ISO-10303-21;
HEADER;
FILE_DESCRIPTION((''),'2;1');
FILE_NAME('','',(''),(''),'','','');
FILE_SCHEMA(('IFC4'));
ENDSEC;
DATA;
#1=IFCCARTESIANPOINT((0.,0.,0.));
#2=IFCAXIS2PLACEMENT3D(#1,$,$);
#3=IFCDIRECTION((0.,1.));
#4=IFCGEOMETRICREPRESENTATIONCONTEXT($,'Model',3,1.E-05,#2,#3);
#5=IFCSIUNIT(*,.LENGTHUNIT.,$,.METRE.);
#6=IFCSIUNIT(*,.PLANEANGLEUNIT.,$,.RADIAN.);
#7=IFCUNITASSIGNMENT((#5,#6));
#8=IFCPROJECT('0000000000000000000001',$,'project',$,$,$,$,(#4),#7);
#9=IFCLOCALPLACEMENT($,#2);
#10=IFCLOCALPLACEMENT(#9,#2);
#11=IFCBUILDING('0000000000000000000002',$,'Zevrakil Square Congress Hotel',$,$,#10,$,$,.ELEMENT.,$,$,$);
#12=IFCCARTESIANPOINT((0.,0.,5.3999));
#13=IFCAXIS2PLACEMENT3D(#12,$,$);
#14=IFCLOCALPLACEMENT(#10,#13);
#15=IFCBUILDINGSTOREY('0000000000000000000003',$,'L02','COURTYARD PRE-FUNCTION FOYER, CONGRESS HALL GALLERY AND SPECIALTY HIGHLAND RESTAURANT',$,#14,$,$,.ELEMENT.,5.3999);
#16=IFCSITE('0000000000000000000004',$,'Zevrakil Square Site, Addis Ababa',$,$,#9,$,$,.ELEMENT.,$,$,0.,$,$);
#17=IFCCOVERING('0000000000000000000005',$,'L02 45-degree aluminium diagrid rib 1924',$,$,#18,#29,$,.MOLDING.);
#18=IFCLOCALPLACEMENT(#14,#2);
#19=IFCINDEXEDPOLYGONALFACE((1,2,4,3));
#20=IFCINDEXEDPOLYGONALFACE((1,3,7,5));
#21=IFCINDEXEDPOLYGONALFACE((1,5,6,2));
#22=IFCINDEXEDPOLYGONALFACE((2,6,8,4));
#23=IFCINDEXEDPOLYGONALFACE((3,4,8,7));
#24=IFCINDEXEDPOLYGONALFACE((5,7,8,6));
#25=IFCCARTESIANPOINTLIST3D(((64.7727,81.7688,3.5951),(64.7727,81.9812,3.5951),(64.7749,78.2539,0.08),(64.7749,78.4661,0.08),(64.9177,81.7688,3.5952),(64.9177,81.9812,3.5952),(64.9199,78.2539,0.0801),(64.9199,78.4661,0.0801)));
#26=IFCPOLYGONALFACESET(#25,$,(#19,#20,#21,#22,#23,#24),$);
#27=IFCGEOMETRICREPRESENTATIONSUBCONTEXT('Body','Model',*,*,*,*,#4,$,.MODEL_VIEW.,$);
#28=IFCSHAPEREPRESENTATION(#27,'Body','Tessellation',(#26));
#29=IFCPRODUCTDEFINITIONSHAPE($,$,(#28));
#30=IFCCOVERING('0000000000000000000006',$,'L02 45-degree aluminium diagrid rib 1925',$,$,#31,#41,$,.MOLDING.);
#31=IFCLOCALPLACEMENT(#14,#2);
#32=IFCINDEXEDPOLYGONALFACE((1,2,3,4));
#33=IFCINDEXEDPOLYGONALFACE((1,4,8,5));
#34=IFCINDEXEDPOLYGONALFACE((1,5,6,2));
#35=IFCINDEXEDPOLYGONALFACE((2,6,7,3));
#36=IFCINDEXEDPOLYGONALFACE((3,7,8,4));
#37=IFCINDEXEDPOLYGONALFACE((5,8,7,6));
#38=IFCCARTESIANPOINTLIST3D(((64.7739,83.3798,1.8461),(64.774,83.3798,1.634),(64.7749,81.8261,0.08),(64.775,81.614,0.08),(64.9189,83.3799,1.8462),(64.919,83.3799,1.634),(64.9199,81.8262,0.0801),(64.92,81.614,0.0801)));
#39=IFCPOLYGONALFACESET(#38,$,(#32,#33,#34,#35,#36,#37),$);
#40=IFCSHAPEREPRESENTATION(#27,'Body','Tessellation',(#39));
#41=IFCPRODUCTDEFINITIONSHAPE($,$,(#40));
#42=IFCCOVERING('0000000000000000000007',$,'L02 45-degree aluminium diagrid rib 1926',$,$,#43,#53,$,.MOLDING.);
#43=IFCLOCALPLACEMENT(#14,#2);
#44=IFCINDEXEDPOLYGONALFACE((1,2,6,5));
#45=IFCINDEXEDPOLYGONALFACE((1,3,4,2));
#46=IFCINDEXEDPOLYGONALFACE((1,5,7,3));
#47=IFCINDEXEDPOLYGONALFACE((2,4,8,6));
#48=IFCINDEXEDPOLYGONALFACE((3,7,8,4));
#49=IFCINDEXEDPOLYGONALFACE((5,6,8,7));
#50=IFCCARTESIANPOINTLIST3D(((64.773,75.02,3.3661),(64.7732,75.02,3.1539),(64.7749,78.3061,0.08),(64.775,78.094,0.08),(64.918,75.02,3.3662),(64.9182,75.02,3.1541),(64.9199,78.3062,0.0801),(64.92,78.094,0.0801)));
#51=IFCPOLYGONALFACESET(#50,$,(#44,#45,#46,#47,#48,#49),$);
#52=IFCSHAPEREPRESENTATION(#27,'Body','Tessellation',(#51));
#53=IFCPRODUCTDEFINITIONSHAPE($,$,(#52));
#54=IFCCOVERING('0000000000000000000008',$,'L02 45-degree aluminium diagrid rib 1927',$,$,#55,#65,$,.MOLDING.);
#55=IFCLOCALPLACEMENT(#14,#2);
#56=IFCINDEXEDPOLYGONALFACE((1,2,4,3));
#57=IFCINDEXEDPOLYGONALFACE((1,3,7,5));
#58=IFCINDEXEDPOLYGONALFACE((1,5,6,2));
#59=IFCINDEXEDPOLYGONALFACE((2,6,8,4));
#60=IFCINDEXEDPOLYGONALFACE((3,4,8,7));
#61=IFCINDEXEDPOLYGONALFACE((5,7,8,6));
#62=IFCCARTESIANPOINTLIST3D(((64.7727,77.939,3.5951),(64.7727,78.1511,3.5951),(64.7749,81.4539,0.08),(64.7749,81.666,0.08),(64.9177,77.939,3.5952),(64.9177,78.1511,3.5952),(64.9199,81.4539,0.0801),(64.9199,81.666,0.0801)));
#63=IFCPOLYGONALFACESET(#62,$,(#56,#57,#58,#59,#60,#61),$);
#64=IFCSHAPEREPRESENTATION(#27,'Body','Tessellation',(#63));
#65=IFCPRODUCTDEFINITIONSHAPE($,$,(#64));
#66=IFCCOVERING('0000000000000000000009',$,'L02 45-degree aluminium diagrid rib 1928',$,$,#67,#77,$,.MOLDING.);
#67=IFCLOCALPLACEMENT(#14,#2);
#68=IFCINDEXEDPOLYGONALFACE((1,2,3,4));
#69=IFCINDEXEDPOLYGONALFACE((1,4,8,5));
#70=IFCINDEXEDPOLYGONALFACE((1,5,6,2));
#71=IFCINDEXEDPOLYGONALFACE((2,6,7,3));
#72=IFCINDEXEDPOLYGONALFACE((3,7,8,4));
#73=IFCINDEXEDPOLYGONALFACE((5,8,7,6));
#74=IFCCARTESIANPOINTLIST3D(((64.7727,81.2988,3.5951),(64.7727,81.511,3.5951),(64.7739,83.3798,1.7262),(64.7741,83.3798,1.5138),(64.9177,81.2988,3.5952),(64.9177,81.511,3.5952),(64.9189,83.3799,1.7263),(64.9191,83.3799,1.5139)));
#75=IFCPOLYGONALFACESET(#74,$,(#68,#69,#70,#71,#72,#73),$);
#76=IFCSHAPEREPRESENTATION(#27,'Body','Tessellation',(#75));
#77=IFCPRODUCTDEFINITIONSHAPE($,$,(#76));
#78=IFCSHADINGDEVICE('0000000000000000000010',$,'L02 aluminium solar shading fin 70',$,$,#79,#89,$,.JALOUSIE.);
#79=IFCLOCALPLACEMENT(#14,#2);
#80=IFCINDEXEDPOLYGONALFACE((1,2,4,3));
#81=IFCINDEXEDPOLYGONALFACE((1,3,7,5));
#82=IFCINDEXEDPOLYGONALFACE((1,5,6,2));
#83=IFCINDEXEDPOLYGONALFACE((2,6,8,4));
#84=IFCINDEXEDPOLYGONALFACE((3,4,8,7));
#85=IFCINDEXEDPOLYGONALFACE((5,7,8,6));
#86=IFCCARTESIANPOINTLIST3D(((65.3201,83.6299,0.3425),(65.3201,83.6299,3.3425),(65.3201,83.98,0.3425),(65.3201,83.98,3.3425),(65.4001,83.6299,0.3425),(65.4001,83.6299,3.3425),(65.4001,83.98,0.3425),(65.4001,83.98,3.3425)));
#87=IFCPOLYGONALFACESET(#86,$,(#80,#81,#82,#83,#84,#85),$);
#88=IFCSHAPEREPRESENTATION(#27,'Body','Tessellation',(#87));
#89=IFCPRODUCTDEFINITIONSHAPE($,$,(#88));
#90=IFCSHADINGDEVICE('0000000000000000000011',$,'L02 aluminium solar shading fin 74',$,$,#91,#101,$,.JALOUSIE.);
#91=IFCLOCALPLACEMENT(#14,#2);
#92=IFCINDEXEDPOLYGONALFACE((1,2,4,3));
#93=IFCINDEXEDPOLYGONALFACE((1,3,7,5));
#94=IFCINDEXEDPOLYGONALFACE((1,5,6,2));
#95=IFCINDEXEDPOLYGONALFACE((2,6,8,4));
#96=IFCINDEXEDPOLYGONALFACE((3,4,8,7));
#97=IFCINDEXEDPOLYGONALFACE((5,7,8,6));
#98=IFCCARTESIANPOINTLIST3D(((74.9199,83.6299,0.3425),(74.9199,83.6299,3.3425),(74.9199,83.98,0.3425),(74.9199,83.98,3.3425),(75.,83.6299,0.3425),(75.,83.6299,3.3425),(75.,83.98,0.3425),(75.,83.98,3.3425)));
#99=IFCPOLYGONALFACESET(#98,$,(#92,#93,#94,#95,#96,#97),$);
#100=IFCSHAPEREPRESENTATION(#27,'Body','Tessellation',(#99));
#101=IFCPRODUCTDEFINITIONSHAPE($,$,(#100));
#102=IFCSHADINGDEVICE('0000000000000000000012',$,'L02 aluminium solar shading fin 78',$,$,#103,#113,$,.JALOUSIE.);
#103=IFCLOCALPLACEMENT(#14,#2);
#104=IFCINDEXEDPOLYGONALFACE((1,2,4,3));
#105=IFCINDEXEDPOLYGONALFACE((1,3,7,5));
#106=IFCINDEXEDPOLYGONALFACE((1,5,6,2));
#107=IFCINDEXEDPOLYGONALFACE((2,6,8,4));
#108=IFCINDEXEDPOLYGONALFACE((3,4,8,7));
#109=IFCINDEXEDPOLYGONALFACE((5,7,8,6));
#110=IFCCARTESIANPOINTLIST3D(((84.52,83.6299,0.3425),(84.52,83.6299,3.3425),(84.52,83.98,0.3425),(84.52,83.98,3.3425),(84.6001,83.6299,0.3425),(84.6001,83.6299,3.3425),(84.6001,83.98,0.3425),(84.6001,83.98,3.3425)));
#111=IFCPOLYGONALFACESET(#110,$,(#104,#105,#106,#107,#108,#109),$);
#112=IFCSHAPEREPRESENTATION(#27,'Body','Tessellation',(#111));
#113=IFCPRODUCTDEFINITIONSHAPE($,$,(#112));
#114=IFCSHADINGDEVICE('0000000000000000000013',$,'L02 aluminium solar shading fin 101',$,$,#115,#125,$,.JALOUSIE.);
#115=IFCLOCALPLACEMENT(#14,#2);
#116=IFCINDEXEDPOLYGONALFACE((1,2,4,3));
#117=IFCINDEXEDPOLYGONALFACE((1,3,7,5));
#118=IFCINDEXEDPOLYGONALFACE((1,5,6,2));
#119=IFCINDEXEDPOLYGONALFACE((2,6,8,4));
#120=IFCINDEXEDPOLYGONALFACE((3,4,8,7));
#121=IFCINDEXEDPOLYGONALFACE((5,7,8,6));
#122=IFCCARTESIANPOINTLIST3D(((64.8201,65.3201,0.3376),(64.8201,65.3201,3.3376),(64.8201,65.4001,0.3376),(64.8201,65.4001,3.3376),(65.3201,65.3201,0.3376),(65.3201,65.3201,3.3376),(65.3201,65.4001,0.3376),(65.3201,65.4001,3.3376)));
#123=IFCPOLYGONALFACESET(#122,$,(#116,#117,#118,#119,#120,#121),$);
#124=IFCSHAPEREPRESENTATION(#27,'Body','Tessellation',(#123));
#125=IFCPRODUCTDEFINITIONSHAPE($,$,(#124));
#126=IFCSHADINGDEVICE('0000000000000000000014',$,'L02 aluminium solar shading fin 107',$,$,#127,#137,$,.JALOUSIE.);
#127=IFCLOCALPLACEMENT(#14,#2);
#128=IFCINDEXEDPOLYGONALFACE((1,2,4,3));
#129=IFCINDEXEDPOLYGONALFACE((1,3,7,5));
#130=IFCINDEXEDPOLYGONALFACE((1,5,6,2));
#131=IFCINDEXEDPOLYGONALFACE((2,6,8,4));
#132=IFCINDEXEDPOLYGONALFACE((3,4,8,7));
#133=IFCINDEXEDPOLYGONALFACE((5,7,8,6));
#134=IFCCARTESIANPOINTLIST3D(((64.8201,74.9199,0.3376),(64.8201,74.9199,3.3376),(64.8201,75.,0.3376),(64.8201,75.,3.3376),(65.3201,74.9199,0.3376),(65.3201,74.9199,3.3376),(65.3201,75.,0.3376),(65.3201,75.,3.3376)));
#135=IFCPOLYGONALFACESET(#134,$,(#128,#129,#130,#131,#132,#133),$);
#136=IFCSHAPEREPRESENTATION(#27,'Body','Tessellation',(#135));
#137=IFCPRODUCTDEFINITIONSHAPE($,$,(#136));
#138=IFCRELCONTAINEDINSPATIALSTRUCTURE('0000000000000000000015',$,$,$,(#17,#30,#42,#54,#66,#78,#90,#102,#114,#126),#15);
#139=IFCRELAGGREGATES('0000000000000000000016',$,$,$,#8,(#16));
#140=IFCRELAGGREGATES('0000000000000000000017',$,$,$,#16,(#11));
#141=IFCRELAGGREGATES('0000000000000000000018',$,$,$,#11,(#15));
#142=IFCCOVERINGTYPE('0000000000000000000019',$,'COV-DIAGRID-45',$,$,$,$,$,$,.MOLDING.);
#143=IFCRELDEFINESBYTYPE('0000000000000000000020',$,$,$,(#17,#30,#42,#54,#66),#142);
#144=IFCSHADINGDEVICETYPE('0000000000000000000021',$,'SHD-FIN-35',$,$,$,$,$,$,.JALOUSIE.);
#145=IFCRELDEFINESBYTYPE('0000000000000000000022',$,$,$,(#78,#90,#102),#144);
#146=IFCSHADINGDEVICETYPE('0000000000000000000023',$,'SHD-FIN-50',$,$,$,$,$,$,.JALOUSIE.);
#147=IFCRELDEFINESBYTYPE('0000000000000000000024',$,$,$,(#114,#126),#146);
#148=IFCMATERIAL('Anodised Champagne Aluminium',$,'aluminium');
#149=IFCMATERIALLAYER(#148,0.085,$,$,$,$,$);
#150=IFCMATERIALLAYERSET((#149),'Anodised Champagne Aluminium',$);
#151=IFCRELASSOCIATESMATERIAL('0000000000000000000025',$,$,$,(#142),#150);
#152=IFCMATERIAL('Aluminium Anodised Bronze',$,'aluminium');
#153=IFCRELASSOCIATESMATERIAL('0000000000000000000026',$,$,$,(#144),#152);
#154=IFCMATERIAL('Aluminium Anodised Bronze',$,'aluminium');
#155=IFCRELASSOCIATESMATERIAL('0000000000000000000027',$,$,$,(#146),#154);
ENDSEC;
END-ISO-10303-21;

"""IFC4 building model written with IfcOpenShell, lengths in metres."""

from ifc_helpers import new_model, si_unit, direction, frame, origin, origin_2d, place, context, subcontext, project, spatial, polyline, rectangle, outline, extrude, material, layer, layer_set, type_object, element, save


model = new_model("IFC4")

# Units and contexts
model_context = context("Model", 3, precision=1e-05, world=origin(), true_north=direction((0.0, 1.0)))
body_context = subcontext(model_context, "Body", "Model", "MODEL_VIEW")
ifc_project = project(units=[si_unit("LENGTHUNIT", "METRE"), si_unit("PLANEANGLEUNIT", "RADIAN")], contexts=[model_context])

# Site, building, storey
site_placement = place(None, origin())
site = spatial("IfcSite", under=ifc_project, at=site_placement, Name="Zevrakil Square Site, Addis Ababa", CompositionType="ELEMENT", RefElevation=0.0)
building_placement = place(site_placement, origin())
building = spatial("IfcBuilding", under=site, at=building_placement, Name="Zevrakil Square Congress Hotel", CompositionType="ELEMENT")
storey_placement = place(building_placement, frame((0.0, 0.0, 5.3999)))
storey = spatial("IfcBuildingStorey", under=building, at=storey_placement, Name="L02", Description="COURTYARD PRE-FUNCTION FOYER, CONGRESS HALL GALLERY AND SPECIALTY HIGHLAND RESTAURANT", CompositionType="ELEMENT", Elevation=5.3999)

# Coverings
ifc_material_1 = material(Name="Anodised Champagne Aluminium", Category="aluminium")
ifc_layer_1 = layer(ifc_material_1, 0.085)
ifc_layer_set_1 = layer_set([ifc_layer_1], Name="Anodised Champagne Aluminium")
covering_type_1 = type_object("IfcCoveringType", Name="COV-DIAGRID-45", PredefinedType="MOLDING", material=ifc_layer_set_1)
covering_1_placement = place(storey_placement, frame((64.9199, 78.4661, 0.0801), z_axis=(1.0, 0.0, 0.000625), x_axis=(0.0, -1.0, 0.0)))
element("IfcCovering", 1, at=covering_1_placement, inside=storey, type_object=covering_type_1, Name="L02 45-degree aluminium diagrid rib 1924", PredefinedType="MOLDING", context=body_context, shape_type="SweptSolid", body=[
    extrude(outline(polyline([(0.0, 0.0), (0.2122, 0.0), (-3.3027, -3.5151), (-3.5151, -3.5151), (0.0, 0.0)])), origin(), (0.0, 0.0, -1.0), 0.145),
])
covering_2_placement = place(storey_placement, frame((64.9199, 81.8262, 0.0801), z_axis=(1.0, 0.000294, 0.000294), x_axis=(0.000294, -1.0, 0.0)))
element("IfcCovering", 2, at=covering_2_placement, inside=storey, type_object=covering_type_1, Name="L02 45-degree aluminium diagrid rib 1925", PredefinedType="MOLDING", context=body_context, shape_type="SweptSolid", body=[
    extrude(outline(polyline([(0.0, 0.0), (0.2122, 0.0), (-1.5537, -1.7661), (-1.5537, -1.554), (0.0, 0.0)])), origin(), (0.0, 0.0, -1.0), 0.145),
])
covering_3_placement = place(storey_placement, frame((64.9182, 75.02, 3.1541), z_axis=(1.0, 0.000287, 0.000863), x_axis=(-0.000863, 0.0, 1.0)))
element("IfcCovering", 3, at=covering_3_placement, inside=storey, type_object=covering_type_1, Name="L02 45-degree aluminium diagrid rib 1926", PredefinedType="MOLDING", context=body_context, shape_type="SweptSolid", body=[
    extrude(outline(polyline([(0.0, 0.0), (0.2122, 0.0), (-3.074, -3.2861), (-3.074, -3.074), (0.0, 0.0)])), origin(), (0.0, 0.0, -1.0), 0.145),
])
covering_4_placement = place(storey_placement, frame((64.9177, 77.939, 3.5952), z_axis=(1.0, 0.0, 0.000625), x_axis=(0.0, 1.0, 0.0)))
element("IfcCovering", 4, at=covering_4_placement, inside=storey, type_object=covering_type_1, Name="L02 45-degree aluminium diagrid rib 1927", PredefinedType="MOLDING", context=body_context, shape_type="SweptSolid", body=[
    extrude(outline(polyline([(0.0, 0.0), (0.2122, 0.0), (3.7271, -3.5151), (3.5149, -3.5151), (0.0, 0.0)])), origin(), (0.0, 0.0, -1.0), 0.145),
])
covering_5_placement = place(storey_placement, frame((64.9177, 81.2988, 3.5952), z_axis=(1.0, 0.000235, 0.000915), x_axis=(-0.000235, 1.0, 0.0)))
element("IfcCovering", 5, at=covering_5_placement, inside=storey, type_object=covering_type_1, Name="L02 45-degree aluminium diagrid rib 1928", PredefinedType="MOLDING", context=body_context, shape_type="SweptSolid", body=[
    extrude(outline(polyline([(0.0, 0.0), (0.2122, 0.0), (2.0811, -1.8689), (2.0811, -2.0813), (0.0, 0.0)])), origin(), (0.0, 0.0, -1.0), 0.145),
])

# Shading devices
ifc_material_2 = material(Name="Aluminium Anodised Bronze", Category="aluminium")
shading_device_type_1 = type_object("IfcShadingDeviceType", Name="SHD-FIN-35", PredefinedType="JALOUSIE", material=ifc_material_2)
for number, where, z_axis, x_axis, name in (
    (6, (65.3601, 83.8049, 0.3425), (0.0, 0.0, 1.0), (0.0, -1.0, 0.0), "L02 aluminium solar shading fin 70"),
    (7, (74.96, 83.8049, 0.3425), (0.0, 0.0, 1.0), (0.0, -1.0, 0.0), "L02 aluminium solar shading fin 74"),
    (8, (84.5601, 83.8049, 0.3425), (0.0, 0.0, 1.0), (0.0, -1.0, 0.0), "L02 aluminium solar shading fin 78"),
):
    element("IfcShadingDevice", number, at=place(storey_placement, frame(where, z_axis=z_axis, x_axis=x_axis)), inside=storey, type_object=shading_device_type_1, Name=name, PredefinedType="JALOUSIE", context=body_context, shape_type="SweptSolid", body=[
        extrude(rectangle(XDim=0.3501, YDim=0.0801, at=origin_2d()), origin(), (0.0, 0.0, 1.0), 3.0),
    ])
ifc_material_3 = material(Name="Aluminium Anodised Bronze", Category="aluminium")
shading_device_type_2 = type_object("IfcShadingDeviceType", Name="SHD-FIN-50", PredefinedType="JALOUSIE", material=ifc_material_3)
for number, where, z_axis, x_axis, name in (
    (9, (65.0701, 65.3601, 0.3376), (0.0, 0.0, 1.0), (1.0, 0.0, 0.0), "L02 aluminium solar shading fin 101"),
    (10, (65.0701, 74.96, 0.3376), (0.0, 0.0, 1.0), (1.0, 0.0, 0.0), "L02 aluminium solar shading fin 107"),
):
    element("IfcShadingDevice", number, at=place(storey_placement, frame(where, z_axis=z_axis, x_axis=x_axis)), inside=storey, type_object=shading_device_type_2, Name=name, PredefinedType="JALOUSIE", context=body_context, shape_type="SweptSolid", body=[
        extrude(rectangle(XDim=0.5, YDim=0.0801, at=origin_2d()), origin(), (0.0, 0.0, 1.0), 3.0),
    ])

save(model, "model.ifc")
